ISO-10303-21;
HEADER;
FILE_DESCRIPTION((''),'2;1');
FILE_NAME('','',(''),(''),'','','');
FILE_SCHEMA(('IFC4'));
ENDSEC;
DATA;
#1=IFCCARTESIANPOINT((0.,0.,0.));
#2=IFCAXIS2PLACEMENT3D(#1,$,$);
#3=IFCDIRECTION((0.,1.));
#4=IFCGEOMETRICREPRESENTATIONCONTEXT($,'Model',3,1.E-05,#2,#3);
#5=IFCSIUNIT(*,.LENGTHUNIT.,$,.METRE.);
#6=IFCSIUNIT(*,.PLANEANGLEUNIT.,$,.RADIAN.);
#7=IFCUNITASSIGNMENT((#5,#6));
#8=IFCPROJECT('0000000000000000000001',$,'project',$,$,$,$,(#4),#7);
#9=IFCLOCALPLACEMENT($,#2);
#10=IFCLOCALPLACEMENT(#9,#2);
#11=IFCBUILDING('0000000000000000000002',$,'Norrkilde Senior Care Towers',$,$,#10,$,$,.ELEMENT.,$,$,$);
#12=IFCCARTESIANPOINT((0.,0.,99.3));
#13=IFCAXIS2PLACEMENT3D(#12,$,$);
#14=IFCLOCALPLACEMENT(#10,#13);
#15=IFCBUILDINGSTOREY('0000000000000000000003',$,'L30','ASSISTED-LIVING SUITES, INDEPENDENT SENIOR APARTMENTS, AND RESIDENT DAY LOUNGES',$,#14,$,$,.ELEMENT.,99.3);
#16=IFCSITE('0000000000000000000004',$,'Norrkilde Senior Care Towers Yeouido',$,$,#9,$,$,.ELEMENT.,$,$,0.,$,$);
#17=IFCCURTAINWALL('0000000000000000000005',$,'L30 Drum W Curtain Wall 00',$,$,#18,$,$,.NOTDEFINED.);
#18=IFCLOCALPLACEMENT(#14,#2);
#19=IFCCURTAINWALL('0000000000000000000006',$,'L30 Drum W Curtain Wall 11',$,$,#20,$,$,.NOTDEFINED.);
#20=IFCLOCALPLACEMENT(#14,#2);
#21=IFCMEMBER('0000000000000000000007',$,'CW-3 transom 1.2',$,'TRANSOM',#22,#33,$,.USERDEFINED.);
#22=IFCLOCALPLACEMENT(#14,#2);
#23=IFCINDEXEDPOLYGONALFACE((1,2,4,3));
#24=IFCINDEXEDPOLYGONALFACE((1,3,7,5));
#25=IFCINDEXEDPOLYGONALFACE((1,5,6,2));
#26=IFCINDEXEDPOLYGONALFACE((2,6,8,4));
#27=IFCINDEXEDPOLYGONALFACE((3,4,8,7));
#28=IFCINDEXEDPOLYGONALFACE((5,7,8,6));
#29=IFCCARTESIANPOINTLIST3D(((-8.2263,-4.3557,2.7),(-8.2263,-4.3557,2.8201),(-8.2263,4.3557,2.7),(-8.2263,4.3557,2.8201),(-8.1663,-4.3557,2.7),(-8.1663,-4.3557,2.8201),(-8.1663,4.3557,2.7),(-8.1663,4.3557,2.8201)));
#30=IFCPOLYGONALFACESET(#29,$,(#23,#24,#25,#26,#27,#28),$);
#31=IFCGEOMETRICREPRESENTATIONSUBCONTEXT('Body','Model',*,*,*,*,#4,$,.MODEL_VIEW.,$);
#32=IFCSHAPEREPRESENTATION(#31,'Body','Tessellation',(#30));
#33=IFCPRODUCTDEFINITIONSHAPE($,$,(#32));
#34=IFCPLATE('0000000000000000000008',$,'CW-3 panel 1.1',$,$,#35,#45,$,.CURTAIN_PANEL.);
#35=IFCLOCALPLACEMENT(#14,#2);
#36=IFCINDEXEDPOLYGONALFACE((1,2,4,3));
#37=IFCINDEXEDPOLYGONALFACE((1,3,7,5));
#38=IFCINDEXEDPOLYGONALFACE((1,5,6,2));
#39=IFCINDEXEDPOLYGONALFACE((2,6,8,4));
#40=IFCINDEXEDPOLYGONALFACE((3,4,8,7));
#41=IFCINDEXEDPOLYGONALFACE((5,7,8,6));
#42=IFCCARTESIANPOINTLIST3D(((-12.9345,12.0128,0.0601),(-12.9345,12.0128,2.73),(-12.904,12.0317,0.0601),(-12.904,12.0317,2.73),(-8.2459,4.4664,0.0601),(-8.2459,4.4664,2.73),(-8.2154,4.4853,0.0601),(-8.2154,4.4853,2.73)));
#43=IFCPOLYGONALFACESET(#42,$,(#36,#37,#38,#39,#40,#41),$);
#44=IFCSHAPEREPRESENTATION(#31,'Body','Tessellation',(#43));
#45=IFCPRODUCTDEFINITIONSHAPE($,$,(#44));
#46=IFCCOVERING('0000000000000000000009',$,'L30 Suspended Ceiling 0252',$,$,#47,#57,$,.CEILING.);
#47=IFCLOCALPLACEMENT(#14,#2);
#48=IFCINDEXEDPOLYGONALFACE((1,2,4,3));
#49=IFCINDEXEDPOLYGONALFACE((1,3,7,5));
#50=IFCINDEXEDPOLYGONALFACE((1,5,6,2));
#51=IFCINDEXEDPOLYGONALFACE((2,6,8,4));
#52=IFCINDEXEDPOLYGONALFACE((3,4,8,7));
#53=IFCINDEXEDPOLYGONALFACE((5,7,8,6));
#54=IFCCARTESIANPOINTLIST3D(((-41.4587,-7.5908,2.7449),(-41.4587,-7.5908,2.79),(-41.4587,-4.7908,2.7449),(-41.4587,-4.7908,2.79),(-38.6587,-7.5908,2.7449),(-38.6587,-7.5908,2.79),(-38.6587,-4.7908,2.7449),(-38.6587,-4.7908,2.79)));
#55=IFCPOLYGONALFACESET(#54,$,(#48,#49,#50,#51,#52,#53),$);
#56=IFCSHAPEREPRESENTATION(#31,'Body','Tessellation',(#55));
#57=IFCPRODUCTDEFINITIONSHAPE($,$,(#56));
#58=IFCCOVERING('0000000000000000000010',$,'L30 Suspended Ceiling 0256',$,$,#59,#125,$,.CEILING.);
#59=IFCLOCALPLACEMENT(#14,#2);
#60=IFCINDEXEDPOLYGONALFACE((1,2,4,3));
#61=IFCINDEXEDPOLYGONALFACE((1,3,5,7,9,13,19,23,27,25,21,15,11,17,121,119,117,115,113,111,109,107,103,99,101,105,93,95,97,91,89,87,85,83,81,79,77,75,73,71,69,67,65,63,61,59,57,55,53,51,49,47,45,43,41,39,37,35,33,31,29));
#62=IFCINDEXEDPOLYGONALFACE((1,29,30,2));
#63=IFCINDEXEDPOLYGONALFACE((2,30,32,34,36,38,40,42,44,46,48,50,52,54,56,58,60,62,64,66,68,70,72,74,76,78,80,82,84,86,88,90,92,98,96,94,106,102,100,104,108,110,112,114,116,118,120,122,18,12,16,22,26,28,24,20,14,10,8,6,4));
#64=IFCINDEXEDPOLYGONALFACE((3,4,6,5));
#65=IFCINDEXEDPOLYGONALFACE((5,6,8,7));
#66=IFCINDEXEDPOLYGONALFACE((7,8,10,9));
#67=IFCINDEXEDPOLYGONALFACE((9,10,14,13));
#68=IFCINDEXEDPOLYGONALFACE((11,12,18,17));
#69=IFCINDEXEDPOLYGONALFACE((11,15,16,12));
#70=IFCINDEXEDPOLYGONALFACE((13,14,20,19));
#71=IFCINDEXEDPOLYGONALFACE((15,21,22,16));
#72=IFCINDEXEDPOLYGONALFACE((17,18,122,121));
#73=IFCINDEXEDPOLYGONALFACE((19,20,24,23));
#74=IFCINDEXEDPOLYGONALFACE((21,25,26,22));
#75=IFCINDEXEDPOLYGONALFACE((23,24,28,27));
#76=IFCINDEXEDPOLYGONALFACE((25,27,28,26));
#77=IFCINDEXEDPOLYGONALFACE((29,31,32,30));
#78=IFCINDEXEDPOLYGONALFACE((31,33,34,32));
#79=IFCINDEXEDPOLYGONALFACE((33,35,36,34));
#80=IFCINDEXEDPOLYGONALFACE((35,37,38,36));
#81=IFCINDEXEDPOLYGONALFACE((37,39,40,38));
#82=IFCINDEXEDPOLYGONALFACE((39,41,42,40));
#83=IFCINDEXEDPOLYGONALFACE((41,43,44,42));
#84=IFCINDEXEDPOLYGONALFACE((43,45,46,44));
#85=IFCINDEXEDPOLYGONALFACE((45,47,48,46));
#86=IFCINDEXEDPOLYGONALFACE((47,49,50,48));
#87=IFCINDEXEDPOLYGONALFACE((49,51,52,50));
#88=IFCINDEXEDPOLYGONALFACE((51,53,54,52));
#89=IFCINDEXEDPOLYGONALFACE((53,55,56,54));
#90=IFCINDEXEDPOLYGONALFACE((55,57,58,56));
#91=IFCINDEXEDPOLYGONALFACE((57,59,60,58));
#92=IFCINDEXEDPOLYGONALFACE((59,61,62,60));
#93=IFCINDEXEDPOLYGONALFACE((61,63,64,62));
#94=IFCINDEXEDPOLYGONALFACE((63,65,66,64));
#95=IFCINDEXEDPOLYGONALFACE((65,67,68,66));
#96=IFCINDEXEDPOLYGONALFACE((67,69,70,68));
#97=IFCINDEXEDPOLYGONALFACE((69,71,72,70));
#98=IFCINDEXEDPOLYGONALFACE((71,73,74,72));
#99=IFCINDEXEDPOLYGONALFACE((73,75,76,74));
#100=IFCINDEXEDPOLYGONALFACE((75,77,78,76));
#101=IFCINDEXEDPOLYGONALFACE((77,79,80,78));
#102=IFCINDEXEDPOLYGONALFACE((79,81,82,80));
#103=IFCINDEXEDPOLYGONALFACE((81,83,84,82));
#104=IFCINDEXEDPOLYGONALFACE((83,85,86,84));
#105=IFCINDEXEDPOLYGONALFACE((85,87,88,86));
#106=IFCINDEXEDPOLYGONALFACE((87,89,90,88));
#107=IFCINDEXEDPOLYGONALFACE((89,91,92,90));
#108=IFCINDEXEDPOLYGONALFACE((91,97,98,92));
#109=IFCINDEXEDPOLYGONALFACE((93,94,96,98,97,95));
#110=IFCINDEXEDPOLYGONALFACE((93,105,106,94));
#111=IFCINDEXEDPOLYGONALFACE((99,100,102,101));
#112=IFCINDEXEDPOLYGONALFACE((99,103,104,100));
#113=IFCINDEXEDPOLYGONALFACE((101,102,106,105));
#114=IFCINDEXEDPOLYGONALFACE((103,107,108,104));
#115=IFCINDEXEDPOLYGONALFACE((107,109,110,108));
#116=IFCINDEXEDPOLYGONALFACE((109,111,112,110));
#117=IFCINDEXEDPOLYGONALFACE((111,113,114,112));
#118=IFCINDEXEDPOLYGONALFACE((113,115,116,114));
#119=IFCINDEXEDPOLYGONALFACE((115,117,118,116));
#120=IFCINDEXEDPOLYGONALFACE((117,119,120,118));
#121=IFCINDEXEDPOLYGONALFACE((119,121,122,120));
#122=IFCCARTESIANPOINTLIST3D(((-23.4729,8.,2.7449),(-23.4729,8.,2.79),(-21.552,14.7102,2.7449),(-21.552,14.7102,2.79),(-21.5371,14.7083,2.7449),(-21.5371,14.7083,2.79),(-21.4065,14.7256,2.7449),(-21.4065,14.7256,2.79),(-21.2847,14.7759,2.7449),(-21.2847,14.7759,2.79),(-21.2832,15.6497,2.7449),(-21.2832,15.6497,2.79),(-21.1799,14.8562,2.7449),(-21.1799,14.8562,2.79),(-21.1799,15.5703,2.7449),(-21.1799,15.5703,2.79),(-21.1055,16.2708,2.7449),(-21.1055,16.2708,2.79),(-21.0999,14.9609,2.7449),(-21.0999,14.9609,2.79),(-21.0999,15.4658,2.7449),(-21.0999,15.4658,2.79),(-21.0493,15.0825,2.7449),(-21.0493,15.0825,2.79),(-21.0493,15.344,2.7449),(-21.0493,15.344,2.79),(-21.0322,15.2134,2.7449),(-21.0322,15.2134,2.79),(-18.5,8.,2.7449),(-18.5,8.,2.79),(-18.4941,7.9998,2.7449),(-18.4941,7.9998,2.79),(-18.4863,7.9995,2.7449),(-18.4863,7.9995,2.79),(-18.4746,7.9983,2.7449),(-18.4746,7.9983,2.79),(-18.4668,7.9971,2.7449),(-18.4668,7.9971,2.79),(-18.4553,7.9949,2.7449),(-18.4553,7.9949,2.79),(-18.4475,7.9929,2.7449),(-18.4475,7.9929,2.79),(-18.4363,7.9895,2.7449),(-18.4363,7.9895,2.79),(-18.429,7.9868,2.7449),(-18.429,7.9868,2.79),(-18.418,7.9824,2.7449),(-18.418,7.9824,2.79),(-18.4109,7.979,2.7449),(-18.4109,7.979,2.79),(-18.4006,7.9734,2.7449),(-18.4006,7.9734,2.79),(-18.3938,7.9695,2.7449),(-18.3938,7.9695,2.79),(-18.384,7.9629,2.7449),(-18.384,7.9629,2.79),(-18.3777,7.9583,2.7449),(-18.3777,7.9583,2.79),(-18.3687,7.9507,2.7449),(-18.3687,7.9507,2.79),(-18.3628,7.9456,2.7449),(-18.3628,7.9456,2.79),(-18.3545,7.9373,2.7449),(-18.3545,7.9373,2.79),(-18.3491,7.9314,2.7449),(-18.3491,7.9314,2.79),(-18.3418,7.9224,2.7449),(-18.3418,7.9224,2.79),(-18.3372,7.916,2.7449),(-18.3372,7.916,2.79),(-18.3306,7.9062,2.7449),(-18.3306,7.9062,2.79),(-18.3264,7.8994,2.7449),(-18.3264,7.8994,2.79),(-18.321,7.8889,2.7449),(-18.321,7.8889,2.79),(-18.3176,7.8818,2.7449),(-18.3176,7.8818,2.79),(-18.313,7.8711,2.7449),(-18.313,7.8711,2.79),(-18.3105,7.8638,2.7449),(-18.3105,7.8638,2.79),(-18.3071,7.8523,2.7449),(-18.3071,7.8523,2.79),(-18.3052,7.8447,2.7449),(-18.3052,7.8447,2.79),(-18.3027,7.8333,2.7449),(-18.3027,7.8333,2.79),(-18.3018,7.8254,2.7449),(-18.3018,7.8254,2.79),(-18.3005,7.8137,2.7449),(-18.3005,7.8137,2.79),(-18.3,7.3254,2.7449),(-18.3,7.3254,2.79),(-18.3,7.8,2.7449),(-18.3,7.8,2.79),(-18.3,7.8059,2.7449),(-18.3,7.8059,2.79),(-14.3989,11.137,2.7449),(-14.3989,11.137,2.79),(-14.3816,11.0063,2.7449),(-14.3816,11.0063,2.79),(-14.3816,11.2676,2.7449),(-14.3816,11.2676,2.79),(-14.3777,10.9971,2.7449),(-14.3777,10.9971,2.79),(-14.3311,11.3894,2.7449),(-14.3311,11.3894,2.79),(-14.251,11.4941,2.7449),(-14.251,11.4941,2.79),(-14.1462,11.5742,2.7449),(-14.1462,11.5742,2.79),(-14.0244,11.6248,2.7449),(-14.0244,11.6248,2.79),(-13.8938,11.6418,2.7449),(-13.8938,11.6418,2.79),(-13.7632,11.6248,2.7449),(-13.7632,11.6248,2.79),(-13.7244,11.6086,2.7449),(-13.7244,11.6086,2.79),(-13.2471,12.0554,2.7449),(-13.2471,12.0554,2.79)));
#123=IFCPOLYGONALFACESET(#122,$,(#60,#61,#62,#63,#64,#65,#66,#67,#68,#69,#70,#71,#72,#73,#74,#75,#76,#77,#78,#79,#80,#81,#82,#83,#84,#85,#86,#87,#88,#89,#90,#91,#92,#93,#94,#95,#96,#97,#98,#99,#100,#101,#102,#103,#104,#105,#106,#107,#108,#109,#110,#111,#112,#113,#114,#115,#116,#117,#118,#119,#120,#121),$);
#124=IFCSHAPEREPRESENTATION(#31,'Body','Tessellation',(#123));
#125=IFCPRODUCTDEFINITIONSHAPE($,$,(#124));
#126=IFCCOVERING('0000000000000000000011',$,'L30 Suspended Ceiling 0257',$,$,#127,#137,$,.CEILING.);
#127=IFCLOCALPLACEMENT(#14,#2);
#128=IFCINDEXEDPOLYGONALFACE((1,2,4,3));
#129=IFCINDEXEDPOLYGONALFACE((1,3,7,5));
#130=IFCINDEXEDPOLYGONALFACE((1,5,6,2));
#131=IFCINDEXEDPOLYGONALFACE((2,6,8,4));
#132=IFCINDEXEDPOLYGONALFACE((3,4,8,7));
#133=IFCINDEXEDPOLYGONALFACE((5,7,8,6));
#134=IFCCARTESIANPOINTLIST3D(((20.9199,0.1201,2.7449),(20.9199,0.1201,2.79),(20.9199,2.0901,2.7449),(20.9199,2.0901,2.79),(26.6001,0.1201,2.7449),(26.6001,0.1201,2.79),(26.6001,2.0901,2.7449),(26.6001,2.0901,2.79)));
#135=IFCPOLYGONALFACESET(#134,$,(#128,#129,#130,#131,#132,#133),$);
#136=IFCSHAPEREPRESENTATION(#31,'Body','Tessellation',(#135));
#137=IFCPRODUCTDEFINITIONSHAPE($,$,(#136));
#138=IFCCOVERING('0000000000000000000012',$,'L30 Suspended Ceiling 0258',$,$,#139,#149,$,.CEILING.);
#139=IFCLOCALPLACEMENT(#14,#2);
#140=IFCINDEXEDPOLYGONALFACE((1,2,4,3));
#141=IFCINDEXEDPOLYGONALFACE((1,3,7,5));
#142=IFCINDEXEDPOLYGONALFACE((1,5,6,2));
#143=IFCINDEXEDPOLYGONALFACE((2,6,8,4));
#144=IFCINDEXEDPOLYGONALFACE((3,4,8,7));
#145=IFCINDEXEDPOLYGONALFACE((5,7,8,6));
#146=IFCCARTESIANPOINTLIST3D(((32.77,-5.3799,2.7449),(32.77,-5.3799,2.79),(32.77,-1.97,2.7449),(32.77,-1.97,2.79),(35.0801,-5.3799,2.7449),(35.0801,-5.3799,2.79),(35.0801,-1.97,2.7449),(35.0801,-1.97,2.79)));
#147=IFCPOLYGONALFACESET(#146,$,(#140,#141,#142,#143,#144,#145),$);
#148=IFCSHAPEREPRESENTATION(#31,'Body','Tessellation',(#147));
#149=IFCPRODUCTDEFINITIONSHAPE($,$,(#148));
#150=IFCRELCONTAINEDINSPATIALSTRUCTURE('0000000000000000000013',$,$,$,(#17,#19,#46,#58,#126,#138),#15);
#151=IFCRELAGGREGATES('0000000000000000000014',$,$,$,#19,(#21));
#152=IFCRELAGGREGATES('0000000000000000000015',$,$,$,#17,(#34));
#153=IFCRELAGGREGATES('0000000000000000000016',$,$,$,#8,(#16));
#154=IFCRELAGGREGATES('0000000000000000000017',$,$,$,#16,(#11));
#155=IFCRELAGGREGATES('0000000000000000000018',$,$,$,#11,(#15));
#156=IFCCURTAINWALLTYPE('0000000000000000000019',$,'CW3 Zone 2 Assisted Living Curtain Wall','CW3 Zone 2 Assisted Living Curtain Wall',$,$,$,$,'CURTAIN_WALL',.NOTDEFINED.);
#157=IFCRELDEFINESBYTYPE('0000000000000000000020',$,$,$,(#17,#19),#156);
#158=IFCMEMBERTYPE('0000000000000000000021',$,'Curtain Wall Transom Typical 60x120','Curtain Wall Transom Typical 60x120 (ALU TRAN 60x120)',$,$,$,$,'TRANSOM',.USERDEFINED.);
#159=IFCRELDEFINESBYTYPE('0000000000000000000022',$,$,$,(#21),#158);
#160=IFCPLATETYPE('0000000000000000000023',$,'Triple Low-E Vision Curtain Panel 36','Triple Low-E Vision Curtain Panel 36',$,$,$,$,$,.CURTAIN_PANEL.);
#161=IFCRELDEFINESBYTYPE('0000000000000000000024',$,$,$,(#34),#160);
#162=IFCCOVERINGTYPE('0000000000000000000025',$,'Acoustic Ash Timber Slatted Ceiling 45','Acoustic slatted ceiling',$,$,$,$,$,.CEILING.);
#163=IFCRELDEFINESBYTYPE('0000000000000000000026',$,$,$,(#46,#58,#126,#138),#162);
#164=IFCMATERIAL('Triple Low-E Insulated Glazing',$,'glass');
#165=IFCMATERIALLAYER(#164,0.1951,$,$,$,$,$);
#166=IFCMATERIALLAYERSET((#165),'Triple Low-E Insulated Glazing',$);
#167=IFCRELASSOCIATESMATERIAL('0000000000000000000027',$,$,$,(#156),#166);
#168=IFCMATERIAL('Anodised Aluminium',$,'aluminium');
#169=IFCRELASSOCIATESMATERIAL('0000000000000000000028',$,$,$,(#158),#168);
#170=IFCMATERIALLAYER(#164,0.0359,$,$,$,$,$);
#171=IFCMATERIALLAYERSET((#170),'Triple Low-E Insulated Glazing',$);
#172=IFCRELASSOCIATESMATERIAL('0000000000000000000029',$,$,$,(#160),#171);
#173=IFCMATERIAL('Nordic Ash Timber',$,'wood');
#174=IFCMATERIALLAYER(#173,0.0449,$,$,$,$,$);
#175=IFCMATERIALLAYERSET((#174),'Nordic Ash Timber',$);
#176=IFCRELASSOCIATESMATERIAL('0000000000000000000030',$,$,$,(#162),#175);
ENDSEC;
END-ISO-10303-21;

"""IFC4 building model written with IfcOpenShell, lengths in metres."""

from ifc_helpers import new_model, si_unit, direction, frame, origin, origin_2d, place, context, subcontext, project, spatial, polyline, rectangle, outline, extrude, source, transform, mapped, material, layer, layer_set, material_profile, profile_set, type_object, type_shapes, element, aggregate, save


model = new_model("IFC4")

# Units and contexts
model_context = context("Model", 3, precision=1e-05, world=origin(), true_north=direction((0.0, 1.0)))
body_context = subcontext(model_context, "Body", "Model", "MODEL_VIEW")
ifc_project = project(units=[si_unit("LENGTHUNIT", "METRE"), si_unit("PLANEANGLEUNIT", "RADIAN")], contexts=[model_context])

# Site, building, storey
site_placement = place(None, origin())
site = spatial("IfcSite", under=ifc_project, at=site_placement, Name="Norrkilde Senior Care Towers Yeouido", CompositionType="ELEMENT", RefElevation=0.0)
building_placement = place(site_placement, origin())
building = spatial("IfcBuilding", under=site, at=building_placement, Name="Norrkilde Senior Care Towers", CompositionType="ELEMENT")
storey_placement = place(building_placement, frame((0.0, 0.0, 99.3)))
storey = spatial("IfcBuildingStorey", under=building, at=storey_placement, Name="L30", Description="ASSISTED-LIVING SUITES, INDEPENDENT SENIOR APARTMENTS, AND RESIDENT DAY LOUNGES", CompositionType="ELEMENT", Elevation=99.3)

# Curtain wall
ifc_material_1 = material(Name="Triple Low-E Insulated Glazing", Category="glass")
ifc_layer_1 = layer(ifc_material_1, 0.1951)
ifc_layer_set_1 = layer_set([ifc_layer_1], Name="Triple Low-E Insulated Glazing")
curtain_wall_type = type_object("IfcCurtainWallType", Name="CW3 Zone 2 Assisted Living Curtain Wall", Description="CW3 Zone 2 Assisted Living Curtain Wall", ElementType="CURTAIN_WALL", PredefinedType="NOTDEFINED", material=ifc_layer_set_1)
curtain_wall_1_placement = place(storey_placement, origin())
curtain_wall_1 = element("IfcCurtainWall", 1, at=curtain_wall_1_placement, inside=storey, type_object=curtain_wall_type, Name="L30 Drum W Curtain Wall 00", PredefinedType="NOTDEFINED")
ifc_material_2 = material(Name="Anodised Aluminium", Category="aluminium")

# Curtain wall
curtain_wall_2_placement = place(storey_placement, origin())
curtain_wall_2 = element("IfcCurtainWall", 2, at=curtain_wall_2_placement, inside=storey, type_object=curtain_wall_type, Name="L30 Drum W Curtain Wall 11", PredefinedType="NOTDEFINED")

# Member
ifc_material_profile_1 = material_profile(ifc_material_2, rectangle(XDim=0.0601, YDim=0.1201, at=origin_2d()), Name="ALU TRAN 60x120")
ifc_profile_set_1 = profile_set([ifc_material_profile_1], Name="Anodised Aluminium")
member_type_1 = type_object("IfcMemberType", Name="Curtain Wall Transom Typical 60x120", Description="Curtain Wall Transom Typical 60x120 (ALU TRAN 60x120)", ElementType="TRANSOM", PredefinedType="USERDEFINED", material=ifc_profile_set_1)
shared_shape_1 = source(origin(), body_context, "Body", "SweptSolid", [
    extrude(rectangle(XDim=0.0601, YDim=0.1201, at=origin_2d()), origin(), (0.0, 0.0, 1.0), 8.7114),
])
member_1_placement = place(storey_placement, frame((-8.1963, 4.3557, 2.76), z_axis=(0.0, -1.0, 0.0), x_axis=(1.0, 0.0, 0.0)))
member_1 = element("IfcMember", 3, at=member_1_placement, type_object=member_type_1, Name="CW-3 transom 1.2", ObjectType="TRANSOM", PredefinedType="USERDEFINED", context=body_context, shape_type="MappedRepresentation", body=[
    mapped(shared_shape_1, transform((0.0, 0.0, 0.0), x_axis=(1.0, 0.0, 0.0), y_axis=(0.0, 1.0, 0.0), z_axis=(0.0, 0.0, 1.0), scale=1.0)),
])
aggregate(curtain_wall_2, [member_1])

# Plate
ifc_layer_2 = layer(ifc_material_1, 0.0359)
ifc_layer_set_2 = layer_set([ifc_layer_2], Name="Triple Low-E Insulated Glazing")
plate_type = type_object("IfcPlateType", Name="Triple Low-E Vision Curtain Panel 36", Description="Triple Low-E Vision Curtain Panel 36", PredefinedType="CURTAIN_PANEL", material=ifc_layer_set_2)
shared_shape_2 = source(origin(), body_context, "Body", "SweptSolid", [
    extrude(rectangle(XDim=8.8843, YDim=0.0359, at=origin_2d()), origin(), (0.0, 0.0, 1.0), 2.6699),
])
type_shapes(plate_type, [shared_shape_2])
plate_placement = place(storey_placement, frame((-10.575, 8.249, 0.0601), z_axis=(0.0, 0.0, 1.0), x_axis=(0.527733, -0.84941, 0.0)))
plate = element("IfcPlate", 4, at=plate_placement, type_object=plate_type, Name="CW-3 panel 1.1", PredefinedType="CURTAIN_PANEL", context=body_context, shape_type="MappedRepresentation", body=[
    mapped(shared_shape_2, transform((0.0, 0.0, 0.0), x_axis=(1.0, 0.0, 0.0), y_axis=(0.0, 1.0, 0.0), z_axis=(0.0, 0.0, 1.0), scale=1.0)),
])
aggregate(curtain_wall_1, [plate])

# Coverings
ifc_material_3 = material(Name="Nordic Ash Timber", Category="wood")
ifc_layer_3 = layer(ifc_material_3, 0.0449)
ifc_layer_set_3 = layer_set([ifc_layer_3], Name="Nordic Ash Timber")
covering_type_1 = type_object("IfcCoveringType", Name="Acoustic Ash Timber Slatted Ceiling 45", Description="Acoustic slatted ceiling", PredefinedType="CEILING", material=ifc_layer_set_3)
covering_1_placement = place(storey_placement, frame((0.0, 0.0, 2.7449)))
element("IfcCovering", 5, at=covering_1_placement, inside=storey, type_object=covering_type_1, Name="L30 Suspended Ceiling 0252", PredefinedType="CEILING", context=body_context, shape_type="SweptSolid", body=[
    extrude(outline(polyline([(-41.4587, -7.5908), (-41.4587, -4.7908), (-38.6587, -4.7908), (-38.6587, -7.5908), (-41.4587, -7.5908)])), origin(), (0.0, 0.0, 1.0), 0.0452),
])
covering_2_placement = place(storey_placement, frame((0.0, 0.0, 2.7449)))
element("IfcCovering", 6, at=covering_2_placement, inside=storey, type_object=covering_type_1, Name="L30 Suspended Ceiling 0256", PredefinedType="CEILING", context=body_context, shape_type="SweptSolid", body=[
    extrude(outline(polyline([(-18.3027, 7.8333), (-18.3052, 7.8447), (-18.3071, 7.8523), (-18.3105, 7.8638), (-18.313, 7.8711), (-18.3176, 7.8818), (-18.321, 7.8889), (-18.3264, 7.8994), (-18.3306, 7.9062), (-18.3372, 7.916), (-18.3418, 7.9224), (-18.3491, 7.9314), (-18.3545, 7.9373), (-18.3628, 7.9456), (-18.3687, 7.9507), (-18.3777, 7.9583), (-18.384, 7.9629), (-18.3938, 7.9695), (-18.4006, 7.9734), (-18.4109, 7.979), (-18.418, 7.9824), (-18.429, 7.9868), (-18.4363, 7.9895), (-18.4475, 7.9929), (-18.4553, 7.9949), (-18.4668, 7.9971), (-18.4746, 7.9983), (-18.4863, 7.9995), (-18.4941, 7.9998), (-18.5, 8.0), (-23.4729, 8.0), (-21.552, 14.7102), (-21.5371, 14.7083), (-21.4065, 14.7256), (-21.2847, 14.7759), (-21.1799, 14.8562), (-21.0999, 14.9609), (-21.0493, 15.0825), (-21.0322, 15.2134), (-21.0493, 15.344), (-21.0999, 15.4658), (-21.1799, 15.5703), (-21.2832, 15.6497), (-21.1055, 16.2708), (-13.2471, 12.0554), (-13.7244, 11.6086), (-13.7632, 11.6248), (-13.8938, 11.6418), (-14.0244, 11.6248), (-14.1462, 11.5742), (-14.251, 11.4941), (-14.3311, 11.3894), (-14.3816, 11.2676), (-14.3989, 11.137), (-14.3816, 11.0063), (-14.3777, 10.9971), (-18.3, 7.3254), (-18.3, 7.8), (-18.3, 7.8059), (-18.3005, 7.8137), (-18.3018, 7.8254), (-18.3027, 7.8333)])), origin(), (0.0, 0.0, 1.0), 0.0452),
])
covering_3_placement = place(storey_placement, frame((0.0, 0.0, 2.7449)))
element("IfcCovering", 7, at=covering_3_placement, inside=storey, type_object=covering_type_1, Name="L30 Suspended Ceiling 0257", PredefinedType="CEILING", context=body_context, shape_type="SweptSolid", body=[
    extrude(outline(polyline([(20.9199, 0.1201), (20.9199, 2.0901), (26.6001, 2.0901), (26.6001, 0.1201), (20.9199, 0.1201)])), origin(), (0.0, 0.0, 1.0), 0.0452),
])
covering_4_placement = place(storey_placement, frame((0.0, 0.0, 2.7449)))
element("IfcCovering", 8, at=covering_4_placement, inside=storey, type_object=covering_type_1, Name="L30 Suspended Ceiling 0258", PredefinedType="CEILING", context=body_context, shape_type="SweptSolid", body=[
    extrude(outline(polyline([(32.77, -5.3799), (32.77, -1.97), (35.0801, -1.97), (35.0801, -5.3799), (32.77, -5.3799)])), origin(), (0.0, 0.0, 1.0), 0.0452),
])

save(model, "model.ifc")
